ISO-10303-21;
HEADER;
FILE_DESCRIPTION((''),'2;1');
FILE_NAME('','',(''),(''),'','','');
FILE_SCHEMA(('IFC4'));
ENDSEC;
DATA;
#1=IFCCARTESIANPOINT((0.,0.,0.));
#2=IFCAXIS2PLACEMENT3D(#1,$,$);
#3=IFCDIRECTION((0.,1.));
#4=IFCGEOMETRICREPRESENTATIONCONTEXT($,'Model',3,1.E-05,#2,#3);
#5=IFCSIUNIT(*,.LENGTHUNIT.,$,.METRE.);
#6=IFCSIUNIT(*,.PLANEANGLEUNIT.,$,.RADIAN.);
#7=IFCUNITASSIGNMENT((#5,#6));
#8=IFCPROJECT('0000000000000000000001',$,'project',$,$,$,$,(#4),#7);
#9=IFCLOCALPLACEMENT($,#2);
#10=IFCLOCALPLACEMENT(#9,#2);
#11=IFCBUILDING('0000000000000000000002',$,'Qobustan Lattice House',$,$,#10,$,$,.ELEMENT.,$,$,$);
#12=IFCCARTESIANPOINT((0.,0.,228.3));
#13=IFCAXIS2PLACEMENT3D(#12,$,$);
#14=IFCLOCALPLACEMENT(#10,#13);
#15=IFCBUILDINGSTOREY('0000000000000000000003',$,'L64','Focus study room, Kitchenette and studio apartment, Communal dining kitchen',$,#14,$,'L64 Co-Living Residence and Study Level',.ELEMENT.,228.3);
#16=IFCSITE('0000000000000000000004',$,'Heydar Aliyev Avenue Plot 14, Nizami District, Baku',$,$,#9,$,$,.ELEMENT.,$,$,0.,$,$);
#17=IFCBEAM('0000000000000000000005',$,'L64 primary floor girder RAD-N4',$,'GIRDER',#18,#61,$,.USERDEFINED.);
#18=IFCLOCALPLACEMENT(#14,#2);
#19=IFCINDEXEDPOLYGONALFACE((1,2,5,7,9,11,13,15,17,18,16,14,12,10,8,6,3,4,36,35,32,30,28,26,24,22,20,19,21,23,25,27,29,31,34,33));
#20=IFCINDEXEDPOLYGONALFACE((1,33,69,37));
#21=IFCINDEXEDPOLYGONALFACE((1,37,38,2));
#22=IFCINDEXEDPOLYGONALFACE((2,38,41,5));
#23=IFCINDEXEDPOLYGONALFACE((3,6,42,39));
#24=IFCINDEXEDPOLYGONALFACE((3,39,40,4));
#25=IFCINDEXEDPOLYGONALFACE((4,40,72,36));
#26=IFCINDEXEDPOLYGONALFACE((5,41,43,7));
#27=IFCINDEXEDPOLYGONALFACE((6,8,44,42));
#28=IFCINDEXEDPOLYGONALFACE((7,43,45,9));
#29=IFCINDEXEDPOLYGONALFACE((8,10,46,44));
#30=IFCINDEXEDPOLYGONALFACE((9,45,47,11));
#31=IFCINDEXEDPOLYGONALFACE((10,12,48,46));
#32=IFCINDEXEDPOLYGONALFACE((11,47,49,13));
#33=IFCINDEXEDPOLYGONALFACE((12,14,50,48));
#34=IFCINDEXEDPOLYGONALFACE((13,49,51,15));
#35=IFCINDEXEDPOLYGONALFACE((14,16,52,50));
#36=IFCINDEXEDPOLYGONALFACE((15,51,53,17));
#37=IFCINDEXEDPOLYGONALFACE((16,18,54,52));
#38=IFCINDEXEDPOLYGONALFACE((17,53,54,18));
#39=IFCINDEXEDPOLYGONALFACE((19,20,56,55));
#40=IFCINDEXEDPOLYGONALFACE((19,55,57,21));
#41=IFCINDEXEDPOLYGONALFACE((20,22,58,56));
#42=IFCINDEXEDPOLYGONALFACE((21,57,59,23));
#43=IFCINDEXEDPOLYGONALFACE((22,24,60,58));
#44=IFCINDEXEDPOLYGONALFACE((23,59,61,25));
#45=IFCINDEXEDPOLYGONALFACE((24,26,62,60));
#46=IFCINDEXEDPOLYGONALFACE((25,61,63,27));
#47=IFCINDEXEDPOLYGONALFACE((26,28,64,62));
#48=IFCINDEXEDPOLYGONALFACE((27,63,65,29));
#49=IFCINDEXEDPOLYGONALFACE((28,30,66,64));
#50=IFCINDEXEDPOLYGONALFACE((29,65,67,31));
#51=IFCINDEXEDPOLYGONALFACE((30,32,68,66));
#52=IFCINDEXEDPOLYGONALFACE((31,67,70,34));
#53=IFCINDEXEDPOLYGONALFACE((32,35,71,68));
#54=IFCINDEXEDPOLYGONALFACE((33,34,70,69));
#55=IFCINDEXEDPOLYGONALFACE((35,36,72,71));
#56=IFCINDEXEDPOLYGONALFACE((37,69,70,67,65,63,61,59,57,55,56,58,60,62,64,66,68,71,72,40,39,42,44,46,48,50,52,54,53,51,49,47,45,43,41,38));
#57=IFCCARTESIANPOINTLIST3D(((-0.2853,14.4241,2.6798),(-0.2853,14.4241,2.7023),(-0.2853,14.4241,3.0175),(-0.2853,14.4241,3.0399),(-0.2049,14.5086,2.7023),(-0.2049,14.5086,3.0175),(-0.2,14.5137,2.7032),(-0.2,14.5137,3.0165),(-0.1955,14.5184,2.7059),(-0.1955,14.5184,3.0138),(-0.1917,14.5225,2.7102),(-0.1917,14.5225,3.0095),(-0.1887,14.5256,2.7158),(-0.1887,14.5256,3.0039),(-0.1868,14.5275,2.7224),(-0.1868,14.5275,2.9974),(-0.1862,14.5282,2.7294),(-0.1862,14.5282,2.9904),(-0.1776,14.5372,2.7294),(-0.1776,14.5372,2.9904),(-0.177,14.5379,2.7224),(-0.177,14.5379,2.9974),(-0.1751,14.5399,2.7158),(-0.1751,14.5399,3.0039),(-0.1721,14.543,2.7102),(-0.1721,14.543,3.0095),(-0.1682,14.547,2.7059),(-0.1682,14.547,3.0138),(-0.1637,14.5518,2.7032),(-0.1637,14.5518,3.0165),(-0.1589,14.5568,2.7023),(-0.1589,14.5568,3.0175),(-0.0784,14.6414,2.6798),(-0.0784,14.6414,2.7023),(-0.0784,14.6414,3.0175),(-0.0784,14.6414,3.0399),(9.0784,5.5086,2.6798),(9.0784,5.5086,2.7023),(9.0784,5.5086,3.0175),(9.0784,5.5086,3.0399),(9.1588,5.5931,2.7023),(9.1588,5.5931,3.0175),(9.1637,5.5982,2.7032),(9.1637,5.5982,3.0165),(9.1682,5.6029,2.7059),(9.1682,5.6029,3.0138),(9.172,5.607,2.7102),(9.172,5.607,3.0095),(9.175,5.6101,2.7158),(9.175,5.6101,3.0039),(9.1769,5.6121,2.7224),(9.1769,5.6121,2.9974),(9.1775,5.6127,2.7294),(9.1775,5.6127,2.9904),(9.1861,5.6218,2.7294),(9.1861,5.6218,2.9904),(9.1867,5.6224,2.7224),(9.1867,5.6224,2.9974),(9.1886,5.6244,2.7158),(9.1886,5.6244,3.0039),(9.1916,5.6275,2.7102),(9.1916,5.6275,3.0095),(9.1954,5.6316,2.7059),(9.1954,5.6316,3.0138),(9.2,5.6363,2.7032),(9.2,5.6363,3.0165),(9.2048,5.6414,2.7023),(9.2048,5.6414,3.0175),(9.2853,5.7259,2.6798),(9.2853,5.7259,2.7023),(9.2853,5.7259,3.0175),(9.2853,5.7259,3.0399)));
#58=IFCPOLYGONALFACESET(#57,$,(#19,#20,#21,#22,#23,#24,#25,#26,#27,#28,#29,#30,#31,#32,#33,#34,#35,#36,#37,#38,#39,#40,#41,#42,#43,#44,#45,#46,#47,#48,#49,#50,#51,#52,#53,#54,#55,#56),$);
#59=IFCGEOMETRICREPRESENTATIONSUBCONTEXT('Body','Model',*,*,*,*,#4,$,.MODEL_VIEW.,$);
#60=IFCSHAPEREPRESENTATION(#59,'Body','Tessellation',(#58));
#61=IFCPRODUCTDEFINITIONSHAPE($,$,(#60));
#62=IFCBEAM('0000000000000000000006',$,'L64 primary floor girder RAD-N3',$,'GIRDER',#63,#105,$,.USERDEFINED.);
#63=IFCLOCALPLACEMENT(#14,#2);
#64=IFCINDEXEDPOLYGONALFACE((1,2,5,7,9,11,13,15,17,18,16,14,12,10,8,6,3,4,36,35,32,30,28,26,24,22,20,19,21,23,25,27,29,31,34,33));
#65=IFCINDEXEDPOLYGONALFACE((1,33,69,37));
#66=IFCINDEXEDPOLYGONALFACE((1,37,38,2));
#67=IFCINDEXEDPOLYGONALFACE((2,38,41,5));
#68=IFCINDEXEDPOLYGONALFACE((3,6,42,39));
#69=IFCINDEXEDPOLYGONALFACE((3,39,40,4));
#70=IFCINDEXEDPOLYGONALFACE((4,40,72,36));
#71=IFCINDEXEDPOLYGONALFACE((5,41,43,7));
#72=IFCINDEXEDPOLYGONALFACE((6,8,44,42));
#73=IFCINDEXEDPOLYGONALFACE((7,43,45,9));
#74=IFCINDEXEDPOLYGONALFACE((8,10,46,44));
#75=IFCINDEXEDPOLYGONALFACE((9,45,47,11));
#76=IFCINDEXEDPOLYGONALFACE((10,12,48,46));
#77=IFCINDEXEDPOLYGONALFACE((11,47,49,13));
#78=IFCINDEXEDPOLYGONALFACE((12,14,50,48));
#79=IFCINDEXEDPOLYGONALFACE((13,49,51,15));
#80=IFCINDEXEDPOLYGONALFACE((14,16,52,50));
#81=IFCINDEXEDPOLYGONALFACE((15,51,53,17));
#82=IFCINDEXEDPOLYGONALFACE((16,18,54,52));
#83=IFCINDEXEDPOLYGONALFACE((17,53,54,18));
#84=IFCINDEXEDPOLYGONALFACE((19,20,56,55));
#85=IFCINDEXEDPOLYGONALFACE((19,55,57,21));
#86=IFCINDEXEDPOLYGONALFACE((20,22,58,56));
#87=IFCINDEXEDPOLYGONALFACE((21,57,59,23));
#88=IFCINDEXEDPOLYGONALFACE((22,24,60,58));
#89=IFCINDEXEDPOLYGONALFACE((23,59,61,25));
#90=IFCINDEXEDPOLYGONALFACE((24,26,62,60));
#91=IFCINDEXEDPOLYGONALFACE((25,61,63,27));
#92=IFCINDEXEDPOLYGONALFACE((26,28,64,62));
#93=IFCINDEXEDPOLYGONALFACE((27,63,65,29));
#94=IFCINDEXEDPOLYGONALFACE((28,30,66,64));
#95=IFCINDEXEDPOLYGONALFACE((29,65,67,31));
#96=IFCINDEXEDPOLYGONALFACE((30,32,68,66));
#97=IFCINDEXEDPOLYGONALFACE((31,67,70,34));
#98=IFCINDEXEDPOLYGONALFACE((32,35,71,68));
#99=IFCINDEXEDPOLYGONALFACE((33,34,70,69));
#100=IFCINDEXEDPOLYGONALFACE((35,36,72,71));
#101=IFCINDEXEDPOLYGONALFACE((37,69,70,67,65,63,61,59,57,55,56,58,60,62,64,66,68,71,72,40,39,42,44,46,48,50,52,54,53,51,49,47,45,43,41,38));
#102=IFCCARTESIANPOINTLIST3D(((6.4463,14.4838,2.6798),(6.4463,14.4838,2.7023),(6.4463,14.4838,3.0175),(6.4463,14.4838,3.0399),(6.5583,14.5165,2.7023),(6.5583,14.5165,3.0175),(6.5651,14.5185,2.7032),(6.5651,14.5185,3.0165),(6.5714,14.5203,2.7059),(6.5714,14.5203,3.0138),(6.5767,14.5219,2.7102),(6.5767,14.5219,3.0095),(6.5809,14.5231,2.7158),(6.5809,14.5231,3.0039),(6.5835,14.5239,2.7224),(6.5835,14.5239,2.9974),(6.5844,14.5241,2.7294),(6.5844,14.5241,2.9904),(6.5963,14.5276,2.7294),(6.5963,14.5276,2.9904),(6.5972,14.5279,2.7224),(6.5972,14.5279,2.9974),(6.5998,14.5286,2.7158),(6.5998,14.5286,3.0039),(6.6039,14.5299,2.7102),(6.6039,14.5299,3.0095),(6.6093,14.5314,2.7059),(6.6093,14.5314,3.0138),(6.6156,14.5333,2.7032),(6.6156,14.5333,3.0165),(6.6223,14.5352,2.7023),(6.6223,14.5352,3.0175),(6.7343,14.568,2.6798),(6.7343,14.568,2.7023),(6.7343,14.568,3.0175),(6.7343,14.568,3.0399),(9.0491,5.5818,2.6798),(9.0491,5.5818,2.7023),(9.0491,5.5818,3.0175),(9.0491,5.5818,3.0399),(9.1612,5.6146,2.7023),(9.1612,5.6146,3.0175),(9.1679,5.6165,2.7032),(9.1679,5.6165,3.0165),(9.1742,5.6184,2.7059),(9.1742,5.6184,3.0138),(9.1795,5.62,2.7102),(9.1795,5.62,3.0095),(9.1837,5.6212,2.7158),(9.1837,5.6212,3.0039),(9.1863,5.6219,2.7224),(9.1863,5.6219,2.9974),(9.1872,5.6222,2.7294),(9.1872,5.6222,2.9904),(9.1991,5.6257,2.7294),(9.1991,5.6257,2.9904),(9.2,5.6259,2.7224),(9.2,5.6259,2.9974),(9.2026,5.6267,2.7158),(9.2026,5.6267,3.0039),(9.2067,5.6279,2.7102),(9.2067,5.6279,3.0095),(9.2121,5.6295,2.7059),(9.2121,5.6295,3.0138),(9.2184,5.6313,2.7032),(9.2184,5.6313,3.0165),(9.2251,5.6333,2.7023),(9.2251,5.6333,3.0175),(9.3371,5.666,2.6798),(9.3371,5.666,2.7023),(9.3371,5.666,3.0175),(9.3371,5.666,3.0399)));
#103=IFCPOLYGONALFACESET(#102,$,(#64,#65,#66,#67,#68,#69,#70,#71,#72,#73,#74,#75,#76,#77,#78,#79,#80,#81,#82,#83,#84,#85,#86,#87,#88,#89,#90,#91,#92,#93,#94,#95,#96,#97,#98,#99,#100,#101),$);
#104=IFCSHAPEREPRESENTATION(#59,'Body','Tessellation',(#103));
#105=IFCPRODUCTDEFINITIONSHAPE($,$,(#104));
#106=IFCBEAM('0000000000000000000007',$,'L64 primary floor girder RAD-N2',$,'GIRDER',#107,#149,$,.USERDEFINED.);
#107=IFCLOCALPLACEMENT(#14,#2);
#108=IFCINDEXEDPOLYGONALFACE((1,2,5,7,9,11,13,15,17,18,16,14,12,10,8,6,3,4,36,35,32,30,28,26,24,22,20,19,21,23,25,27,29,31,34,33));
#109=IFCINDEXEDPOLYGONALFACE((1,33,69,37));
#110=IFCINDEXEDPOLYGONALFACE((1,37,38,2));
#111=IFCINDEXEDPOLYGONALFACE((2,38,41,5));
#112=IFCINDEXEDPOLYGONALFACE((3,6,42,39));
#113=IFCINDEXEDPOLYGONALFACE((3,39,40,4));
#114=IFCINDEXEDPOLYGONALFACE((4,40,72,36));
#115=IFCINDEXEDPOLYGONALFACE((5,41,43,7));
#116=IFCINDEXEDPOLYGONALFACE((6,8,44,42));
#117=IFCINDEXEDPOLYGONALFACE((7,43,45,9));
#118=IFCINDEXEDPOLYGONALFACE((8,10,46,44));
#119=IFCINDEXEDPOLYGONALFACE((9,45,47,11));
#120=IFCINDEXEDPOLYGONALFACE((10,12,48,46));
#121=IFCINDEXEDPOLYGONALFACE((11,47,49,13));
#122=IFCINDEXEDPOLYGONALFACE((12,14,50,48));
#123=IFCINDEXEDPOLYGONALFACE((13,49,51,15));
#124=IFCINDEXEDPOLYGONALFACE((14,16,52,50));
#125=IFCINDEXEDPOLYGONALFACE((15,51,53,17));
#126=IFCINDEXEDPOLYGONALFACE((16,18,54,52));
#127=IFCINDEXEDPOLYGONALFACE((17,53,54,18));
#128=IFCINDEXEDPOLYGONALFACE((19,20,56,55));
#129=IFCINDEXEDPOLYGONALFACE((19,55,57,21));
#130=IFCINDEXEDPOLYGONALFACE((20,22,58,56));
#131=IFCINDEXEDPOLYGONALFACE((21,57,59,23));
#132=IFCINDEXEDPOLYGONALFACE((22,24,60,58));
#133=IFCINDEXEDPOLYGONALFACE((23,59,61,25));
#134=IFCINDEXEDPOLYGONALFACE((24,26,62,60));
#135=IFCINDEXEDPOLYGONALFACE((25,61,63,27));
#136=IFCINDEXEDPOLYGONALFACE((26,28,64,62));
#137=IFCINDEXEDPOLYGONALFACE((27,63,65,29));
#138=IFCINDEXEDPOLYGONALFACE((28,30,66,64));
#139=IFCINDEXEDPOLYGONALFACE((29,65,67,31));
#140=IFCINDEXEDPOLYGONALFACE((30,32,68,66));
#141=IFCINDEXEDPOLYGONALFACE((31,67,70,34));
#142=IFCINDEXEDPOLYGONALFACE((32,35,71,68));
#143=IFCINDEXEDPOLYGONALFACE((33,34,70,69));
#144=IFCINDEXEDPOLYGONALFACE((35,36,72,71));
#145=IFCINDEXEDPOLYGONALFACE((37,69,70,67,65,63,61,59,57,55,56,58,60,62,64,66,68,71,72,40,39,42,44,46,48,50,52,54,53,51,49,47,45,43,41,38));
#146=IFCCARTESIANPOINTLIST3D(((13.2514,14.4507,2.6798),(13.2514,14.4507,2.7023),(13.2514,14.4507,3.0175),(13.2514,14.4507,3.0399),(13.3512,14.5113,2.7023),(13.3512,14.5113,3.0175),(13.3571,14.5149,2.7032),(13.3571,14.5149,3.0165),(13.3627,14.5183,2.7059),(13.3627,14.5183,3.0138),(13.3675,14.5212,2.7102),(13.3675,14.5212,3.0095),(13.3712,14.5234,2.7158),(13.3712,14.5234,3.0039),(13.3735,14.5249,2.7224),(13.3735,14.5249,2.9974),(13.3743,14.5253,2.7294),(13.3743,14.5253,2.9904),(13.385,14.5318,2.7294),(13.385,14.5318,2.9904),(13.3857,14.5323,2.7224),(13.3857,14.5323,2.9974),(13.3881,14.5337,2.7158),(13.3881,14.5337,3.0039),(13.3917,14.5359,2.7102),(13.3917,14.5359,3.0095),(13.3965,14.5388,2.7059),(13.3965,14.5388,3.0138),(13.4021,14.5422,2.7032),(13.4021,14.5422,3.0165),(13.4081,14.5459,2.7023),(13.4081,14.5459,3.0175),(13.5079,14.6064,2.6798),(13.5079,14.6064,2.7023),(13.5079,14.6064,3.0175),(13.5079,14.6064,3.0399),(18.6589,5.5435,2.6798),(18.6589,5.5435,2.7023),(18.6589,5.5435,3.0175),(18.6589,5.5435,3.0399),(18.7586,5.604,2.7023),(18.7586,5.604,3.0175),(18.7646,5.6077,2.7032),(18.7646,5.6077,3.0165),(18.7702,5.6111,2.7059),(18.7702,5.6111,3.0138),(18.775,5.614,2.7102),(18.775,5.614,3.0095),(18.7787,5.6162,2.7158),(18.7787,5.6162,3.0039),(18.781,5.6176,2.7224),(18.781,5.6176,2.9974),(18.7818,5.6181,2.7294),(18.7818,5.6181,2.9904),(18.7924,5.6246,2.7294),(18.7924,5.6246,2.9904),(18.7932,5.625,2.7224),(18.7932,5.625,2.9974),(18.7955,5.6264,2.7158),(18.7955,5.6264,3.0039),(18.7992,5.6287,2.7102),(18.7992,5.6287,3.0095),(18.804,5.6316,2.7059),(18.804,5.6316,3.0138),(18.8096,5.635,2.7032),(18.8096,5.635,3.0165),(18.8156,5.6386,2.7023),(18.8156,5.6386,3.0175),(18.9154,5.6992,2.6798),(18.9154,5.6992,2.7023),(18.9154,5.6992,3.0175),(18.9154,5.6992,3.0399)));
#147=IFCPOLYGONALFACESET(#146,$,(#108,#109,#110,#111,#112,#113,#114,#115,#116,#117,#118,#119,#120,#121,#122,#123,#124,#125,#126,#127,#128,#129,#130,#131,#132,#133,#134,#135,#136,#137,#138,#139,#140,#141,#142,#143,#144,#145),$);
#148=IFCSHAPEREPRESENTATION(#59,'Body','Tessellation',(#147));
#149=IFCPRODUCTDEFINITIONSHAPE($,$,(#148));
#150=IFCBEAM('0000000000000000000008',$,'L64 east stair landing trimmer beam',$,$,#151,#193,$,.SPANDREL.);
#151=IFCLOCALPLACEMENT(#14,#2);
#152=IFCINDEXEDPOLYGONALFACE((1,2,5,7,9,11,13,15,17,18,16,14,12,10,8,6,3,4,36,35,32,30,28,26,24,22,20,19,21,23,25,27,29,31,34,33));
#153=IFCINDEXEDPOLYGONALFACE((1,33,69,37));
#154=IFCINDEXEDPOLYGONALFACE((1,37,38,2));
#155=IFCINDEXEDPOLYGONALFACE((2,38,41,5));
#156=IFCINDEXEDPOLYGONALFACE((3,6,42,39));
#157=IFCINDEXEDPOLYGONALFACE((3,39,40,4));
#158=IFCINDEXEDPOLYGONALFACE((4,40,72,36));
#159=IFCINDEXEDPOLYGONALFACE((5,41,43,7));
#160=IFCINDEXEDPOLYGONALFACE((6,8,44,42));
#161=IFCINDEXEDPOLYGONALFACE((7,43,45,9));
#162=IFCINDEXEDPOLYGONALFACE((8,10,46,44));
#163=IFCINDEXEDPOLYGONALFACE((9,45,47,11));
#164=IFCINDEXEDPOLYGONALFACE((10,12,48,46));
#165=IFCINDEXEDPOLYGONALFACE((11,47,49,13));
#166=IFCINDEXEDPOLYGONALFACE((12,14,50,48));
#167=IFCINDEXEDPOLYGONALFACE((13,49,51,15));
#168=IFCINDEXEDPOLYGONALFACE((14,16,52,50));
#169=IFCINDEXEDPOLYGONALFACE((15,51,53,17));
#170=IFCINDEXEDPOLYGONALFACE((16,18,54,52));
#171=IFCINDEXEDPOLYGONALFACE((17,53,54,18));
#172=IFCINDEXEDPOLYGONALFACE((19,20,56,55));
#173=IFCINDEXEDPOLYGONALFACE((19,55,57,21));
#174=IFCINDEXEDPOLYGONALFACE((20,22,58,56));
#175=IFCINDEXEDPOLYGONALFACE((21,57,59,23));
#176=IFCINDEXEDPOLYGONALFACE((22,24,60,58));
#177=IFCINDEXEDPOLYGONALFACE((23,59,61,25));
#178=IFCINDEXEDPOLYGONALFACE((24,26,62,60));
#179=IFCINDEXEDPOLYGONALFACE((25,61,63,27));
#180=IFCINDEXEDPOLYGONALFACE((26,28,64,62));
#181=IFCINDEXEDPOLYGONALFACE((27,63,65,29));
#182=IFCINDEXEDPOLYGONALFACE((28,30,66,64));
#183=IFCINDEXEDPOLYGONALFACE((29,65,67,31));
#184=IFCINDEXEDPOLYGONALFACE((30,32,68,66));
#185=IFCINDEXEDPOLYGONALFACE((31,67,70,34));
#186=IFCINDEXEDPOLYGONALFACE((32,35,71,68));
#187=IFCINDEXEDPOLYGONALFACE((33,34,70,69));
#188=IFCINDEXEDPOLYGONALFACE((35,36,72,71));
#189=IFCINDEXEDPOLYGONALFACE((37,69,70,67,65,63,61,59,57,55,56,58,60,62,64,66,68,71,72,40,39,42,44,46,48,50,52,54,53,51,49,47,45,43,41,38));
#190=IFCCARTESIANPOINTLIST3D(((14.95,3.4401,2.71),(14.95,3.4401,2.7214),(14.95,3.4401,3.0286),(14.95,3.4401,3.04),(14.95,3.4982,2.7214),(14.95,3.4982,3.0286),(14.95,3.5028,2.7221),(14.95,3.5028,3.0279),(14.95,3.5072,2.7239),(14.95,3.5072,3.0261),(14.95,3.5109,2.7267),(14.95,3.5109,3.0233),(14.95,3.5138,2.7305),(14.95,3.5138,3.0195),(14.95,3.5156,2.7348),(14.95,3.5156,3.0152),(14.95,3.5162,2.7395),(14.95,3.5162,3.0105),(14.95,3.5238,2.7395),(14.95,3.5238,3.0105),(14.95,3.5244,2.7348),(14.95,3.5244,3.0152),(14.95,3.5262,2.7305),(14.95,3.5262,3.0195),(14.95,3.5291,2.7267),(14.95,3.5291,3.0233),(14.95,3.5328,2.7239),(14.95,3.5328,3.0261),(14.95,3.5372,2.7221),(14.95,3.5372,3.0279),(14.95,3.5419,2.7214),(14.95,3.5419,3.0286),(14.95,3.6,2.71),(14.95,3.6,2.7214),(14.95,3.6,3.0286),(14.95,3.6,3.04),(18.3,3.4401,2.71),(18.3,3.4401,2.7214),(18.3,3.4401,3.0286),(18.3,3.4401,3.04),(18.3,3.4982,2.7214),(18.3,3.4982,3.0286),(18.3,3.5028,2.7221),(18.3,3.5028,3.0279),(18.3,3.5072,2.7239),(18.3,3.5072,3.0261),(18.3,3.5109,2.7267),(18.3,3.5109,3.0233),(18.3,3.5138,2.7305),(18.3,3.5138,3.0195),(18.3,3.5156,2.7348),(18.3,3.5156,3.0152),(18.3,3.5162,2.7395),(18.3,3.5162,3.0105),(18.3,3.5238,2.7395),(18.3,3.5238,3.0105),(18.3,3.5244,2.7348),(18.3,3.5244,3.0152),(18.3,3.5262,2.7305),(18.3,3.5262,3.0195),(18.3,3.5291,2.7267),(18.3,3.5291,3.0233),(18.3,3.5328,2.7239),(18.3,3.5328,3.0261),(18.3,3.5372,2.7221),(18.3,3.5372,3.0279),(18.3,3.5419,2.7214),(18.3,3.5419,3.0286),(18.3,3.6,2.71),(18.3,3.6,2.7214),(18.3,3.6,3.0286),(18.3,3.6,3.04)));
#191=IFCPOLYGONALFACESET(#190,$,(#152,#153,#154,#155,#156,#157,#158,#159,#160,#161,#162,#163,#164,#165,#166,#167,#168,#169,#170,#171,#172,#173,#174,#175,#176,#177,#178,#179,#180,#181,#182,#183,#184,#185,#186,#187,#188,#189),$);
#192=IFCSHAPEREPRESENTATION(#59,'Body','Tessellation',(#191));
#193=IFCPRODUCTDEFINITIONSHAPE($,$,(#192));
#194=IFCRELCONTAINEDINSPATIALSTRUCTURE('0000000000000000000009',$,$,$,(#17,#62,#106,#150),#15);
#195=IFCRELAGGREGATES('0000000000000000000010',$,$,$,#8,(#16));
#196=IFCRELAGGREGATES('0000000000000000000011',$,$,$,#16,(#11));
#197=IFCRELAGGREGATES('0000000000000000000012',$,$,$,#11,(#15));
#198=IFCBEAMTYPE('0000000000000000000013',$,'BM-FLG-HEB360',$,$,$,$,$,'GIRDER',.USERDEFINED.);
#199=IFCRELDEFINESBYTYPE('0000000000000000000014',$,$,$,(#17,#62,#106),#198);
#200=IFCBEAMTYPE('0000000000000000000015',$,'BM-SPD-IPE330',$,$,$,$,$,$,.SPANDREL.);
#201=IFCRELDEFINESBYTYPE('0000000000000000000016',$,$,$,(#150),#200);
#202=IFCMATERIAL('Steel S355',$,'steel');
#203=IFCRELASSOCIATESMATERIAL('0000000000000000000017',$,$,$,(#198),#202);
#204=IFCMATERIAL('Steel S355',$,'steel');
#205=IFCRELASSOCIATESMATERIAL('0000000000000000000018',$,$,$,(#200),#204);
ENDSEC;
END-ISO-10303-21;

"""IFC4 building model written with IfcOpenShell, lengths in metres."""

from ifc_helpers import new_model, si_unit, direction, frame, origin, origin_2d, place, context, subcontext, project, spatial, i_section, extrude, material, material_profile, profile_set, type_object, element, save


model = new_model("IFC4")

# Units and contexts
model_context = context("Model", 3, precision=1e-05, world=origin(), true_north=direction((0.0, 1.0)))
body_context = subcontext(model_context, "Body", "Model", "MODEL_VIEW")
ifc_project = project(units=[si_unit("LENGTHUNIT", "METRE"), si_unit("PLANEANGLEUNIT", "RADIAN")], contexts=[model_context])

# Site, building, storey
site_placement = place(None, origin())
site = spatial("IfcSite", under=ifc_project, at=site_placement, Name="Heydar Aliyev Avenue Plot 14, Nizami District, Baku", CompositionType="ELEMENT", RefElevation=0.0)
building_placement = place(site_placement, origin())
building = spatial("IfcBuilding", under=site, at=building_placement, Name="Qobustan Lattice House", CompositionType="ELEMENT")
storey_placement = place(building_placement, frame((0.0, 0.0, 228.3)))
storey = spatial("IfcBuildingStorey", under=building, at=storey_placement, Name="L64", Description="Focus study room, Kitchenette and studio apartment, Communal dining kitchen", LongName="L64 Co-Living Residence and Study Level", CompositionType="ELEMENT", Elevation=228.3)

# Beams
ifc_material_1 = material(Name="Steel S355", Category="steel")
ifc_material_profile_1 = material_profile(ifc_material_1, i_section(OverallWidth=0.3, OverallDepth=0.3601, WebThickness=0.0125, FlangeThickness=0.0225, FilletRadius=0.0271, at=origin_2d()), Name="HEB360")
ifc_profile_set_1 = profile_set([ifc_material_profile_1], Name="Steel S355")
beam_type_1 = type_object("IfcBeamType", Name="BM-FLG-HEB360", ElementType="GIRDER", PredefinedType="USERDEFINED", material=ifc_profile_set_1)
beam_1_placement = place(storey_placement, frame((-0.1819, 14.5327, 2.8599), z_axis=(0.724229, -0.68956, 0.0), x_axis=(0.68956, 0.724229, 0.0)))
element("IfcBeam", 1, at=beam_1_placement, inside=storey, type_object=beam_type_1, Name="L64 primary floor girder RAD-N4", ObjectType="GIRDER", PredefinedType="USERDEFINED", context=body_context, shape_type="SweptSolid", body=[
    extrude(i_section(OverallWidth=0.3, OverallDepth=0.3601, WebThickness=0.0125, FlangeThickness=0.0225, FilletRadius=0.0271, at=origin_2d()), origin(), (0.0, 0.0, 1.0), 12.9292),
])
beam_2_placement = place(storey_placement, frame((6.5903, 14.5259, 2.8599), z_axis=(0.280637, -0.959814, 0.0), x_axis=(0.959814, 0.280637, 0.0)))
element("IfcBeam", 2, at=beam_2_placement, inside=storey, type_object=beam_type_1, Name="L64 primary floor girder RAD-N3", ObjectType="GIRDER", PredefinedType="USERDEFINED", context=body_context, shape_type="SweptSolid", body=[
    extrude(i_section(OverallWidth=0.3, OverallDepth=0.3601, WebThickness=0.0125, FlangeThickness=0.0225, FilletRadius=0.0271, at=origin_2d()), origin(), (0.0, 0.0, 1.0), 9.2747),
])
beam_3_placement = place(storey_placement, frame((13.3796, 14.5286, 2.8599), z_axis=(0.518944, -0.854808, 0.0), x_axis=(0.854808, 0.518944, 0.0)))
element("IfcBeam", 3, at=beam_3_placement, inside=storey, type_object=beam_type_1, Name="L64 primary floor girder RAD-N2", ObjectType="GIRDER", PredefinedType="USERDEFINED", context=body_context, shape_type="SweptSolid", body=[
    extrude(i_section(OverallWidth=0.3, OverallDepth=0.3601, WebThickness=0.0125, FlangeThickness=0.0225, FilletRadius=0.0271, at=origin_2d()), origin(), (0.0, 0.0, 1.0), 10.4202),
])
ifc_material_2 = material(Name="Steel S355", Category="steel")
ifc_material_profile_2 = material_profile(ifc_material_2, i_section(OverallWidth=0.1599, OverallDepth=0.3301, WebThickness=0.0076, FlangeThickness=0.0115, FilletRadius=0.0181, at=origin_2d()), Name="IPE330")
ifc_profile_set_2 = profile_set([ifc_material_profile_2], Name="Steel S355")
beam_type_2 = type_object("IfcBeamType", Name="BM-SPD-IPE330", PredefinedType="SPANDREL", material=ifc_profile_set_2)
beam_4_placement = place(storey_placement, frame((14.95, 3.52, 2.875), z_axis=(1.0, 0.0, 0.0), x_axis=(0.0, 1.0, 0.0)))
element("IfcBeam", 4, at=beam_4_placement, inside=storey, type_object=beam_type_2, Name="L64 east stair landing trimmer beam", PredefinedType="SPANDREL", context=body_context, shape_type="SweptSolid", body=[
    extrude(i_section(OverallWidth=0.1599, OverallDepth=0.3301, WebThickness=0.0076, FlangeThickness=0.0115, FilletRadius=0.0181, at=origin_2d()), origin(), (0.0, 0.0, 1.0), 3.3501),
])

save(model, "model.ifc")
